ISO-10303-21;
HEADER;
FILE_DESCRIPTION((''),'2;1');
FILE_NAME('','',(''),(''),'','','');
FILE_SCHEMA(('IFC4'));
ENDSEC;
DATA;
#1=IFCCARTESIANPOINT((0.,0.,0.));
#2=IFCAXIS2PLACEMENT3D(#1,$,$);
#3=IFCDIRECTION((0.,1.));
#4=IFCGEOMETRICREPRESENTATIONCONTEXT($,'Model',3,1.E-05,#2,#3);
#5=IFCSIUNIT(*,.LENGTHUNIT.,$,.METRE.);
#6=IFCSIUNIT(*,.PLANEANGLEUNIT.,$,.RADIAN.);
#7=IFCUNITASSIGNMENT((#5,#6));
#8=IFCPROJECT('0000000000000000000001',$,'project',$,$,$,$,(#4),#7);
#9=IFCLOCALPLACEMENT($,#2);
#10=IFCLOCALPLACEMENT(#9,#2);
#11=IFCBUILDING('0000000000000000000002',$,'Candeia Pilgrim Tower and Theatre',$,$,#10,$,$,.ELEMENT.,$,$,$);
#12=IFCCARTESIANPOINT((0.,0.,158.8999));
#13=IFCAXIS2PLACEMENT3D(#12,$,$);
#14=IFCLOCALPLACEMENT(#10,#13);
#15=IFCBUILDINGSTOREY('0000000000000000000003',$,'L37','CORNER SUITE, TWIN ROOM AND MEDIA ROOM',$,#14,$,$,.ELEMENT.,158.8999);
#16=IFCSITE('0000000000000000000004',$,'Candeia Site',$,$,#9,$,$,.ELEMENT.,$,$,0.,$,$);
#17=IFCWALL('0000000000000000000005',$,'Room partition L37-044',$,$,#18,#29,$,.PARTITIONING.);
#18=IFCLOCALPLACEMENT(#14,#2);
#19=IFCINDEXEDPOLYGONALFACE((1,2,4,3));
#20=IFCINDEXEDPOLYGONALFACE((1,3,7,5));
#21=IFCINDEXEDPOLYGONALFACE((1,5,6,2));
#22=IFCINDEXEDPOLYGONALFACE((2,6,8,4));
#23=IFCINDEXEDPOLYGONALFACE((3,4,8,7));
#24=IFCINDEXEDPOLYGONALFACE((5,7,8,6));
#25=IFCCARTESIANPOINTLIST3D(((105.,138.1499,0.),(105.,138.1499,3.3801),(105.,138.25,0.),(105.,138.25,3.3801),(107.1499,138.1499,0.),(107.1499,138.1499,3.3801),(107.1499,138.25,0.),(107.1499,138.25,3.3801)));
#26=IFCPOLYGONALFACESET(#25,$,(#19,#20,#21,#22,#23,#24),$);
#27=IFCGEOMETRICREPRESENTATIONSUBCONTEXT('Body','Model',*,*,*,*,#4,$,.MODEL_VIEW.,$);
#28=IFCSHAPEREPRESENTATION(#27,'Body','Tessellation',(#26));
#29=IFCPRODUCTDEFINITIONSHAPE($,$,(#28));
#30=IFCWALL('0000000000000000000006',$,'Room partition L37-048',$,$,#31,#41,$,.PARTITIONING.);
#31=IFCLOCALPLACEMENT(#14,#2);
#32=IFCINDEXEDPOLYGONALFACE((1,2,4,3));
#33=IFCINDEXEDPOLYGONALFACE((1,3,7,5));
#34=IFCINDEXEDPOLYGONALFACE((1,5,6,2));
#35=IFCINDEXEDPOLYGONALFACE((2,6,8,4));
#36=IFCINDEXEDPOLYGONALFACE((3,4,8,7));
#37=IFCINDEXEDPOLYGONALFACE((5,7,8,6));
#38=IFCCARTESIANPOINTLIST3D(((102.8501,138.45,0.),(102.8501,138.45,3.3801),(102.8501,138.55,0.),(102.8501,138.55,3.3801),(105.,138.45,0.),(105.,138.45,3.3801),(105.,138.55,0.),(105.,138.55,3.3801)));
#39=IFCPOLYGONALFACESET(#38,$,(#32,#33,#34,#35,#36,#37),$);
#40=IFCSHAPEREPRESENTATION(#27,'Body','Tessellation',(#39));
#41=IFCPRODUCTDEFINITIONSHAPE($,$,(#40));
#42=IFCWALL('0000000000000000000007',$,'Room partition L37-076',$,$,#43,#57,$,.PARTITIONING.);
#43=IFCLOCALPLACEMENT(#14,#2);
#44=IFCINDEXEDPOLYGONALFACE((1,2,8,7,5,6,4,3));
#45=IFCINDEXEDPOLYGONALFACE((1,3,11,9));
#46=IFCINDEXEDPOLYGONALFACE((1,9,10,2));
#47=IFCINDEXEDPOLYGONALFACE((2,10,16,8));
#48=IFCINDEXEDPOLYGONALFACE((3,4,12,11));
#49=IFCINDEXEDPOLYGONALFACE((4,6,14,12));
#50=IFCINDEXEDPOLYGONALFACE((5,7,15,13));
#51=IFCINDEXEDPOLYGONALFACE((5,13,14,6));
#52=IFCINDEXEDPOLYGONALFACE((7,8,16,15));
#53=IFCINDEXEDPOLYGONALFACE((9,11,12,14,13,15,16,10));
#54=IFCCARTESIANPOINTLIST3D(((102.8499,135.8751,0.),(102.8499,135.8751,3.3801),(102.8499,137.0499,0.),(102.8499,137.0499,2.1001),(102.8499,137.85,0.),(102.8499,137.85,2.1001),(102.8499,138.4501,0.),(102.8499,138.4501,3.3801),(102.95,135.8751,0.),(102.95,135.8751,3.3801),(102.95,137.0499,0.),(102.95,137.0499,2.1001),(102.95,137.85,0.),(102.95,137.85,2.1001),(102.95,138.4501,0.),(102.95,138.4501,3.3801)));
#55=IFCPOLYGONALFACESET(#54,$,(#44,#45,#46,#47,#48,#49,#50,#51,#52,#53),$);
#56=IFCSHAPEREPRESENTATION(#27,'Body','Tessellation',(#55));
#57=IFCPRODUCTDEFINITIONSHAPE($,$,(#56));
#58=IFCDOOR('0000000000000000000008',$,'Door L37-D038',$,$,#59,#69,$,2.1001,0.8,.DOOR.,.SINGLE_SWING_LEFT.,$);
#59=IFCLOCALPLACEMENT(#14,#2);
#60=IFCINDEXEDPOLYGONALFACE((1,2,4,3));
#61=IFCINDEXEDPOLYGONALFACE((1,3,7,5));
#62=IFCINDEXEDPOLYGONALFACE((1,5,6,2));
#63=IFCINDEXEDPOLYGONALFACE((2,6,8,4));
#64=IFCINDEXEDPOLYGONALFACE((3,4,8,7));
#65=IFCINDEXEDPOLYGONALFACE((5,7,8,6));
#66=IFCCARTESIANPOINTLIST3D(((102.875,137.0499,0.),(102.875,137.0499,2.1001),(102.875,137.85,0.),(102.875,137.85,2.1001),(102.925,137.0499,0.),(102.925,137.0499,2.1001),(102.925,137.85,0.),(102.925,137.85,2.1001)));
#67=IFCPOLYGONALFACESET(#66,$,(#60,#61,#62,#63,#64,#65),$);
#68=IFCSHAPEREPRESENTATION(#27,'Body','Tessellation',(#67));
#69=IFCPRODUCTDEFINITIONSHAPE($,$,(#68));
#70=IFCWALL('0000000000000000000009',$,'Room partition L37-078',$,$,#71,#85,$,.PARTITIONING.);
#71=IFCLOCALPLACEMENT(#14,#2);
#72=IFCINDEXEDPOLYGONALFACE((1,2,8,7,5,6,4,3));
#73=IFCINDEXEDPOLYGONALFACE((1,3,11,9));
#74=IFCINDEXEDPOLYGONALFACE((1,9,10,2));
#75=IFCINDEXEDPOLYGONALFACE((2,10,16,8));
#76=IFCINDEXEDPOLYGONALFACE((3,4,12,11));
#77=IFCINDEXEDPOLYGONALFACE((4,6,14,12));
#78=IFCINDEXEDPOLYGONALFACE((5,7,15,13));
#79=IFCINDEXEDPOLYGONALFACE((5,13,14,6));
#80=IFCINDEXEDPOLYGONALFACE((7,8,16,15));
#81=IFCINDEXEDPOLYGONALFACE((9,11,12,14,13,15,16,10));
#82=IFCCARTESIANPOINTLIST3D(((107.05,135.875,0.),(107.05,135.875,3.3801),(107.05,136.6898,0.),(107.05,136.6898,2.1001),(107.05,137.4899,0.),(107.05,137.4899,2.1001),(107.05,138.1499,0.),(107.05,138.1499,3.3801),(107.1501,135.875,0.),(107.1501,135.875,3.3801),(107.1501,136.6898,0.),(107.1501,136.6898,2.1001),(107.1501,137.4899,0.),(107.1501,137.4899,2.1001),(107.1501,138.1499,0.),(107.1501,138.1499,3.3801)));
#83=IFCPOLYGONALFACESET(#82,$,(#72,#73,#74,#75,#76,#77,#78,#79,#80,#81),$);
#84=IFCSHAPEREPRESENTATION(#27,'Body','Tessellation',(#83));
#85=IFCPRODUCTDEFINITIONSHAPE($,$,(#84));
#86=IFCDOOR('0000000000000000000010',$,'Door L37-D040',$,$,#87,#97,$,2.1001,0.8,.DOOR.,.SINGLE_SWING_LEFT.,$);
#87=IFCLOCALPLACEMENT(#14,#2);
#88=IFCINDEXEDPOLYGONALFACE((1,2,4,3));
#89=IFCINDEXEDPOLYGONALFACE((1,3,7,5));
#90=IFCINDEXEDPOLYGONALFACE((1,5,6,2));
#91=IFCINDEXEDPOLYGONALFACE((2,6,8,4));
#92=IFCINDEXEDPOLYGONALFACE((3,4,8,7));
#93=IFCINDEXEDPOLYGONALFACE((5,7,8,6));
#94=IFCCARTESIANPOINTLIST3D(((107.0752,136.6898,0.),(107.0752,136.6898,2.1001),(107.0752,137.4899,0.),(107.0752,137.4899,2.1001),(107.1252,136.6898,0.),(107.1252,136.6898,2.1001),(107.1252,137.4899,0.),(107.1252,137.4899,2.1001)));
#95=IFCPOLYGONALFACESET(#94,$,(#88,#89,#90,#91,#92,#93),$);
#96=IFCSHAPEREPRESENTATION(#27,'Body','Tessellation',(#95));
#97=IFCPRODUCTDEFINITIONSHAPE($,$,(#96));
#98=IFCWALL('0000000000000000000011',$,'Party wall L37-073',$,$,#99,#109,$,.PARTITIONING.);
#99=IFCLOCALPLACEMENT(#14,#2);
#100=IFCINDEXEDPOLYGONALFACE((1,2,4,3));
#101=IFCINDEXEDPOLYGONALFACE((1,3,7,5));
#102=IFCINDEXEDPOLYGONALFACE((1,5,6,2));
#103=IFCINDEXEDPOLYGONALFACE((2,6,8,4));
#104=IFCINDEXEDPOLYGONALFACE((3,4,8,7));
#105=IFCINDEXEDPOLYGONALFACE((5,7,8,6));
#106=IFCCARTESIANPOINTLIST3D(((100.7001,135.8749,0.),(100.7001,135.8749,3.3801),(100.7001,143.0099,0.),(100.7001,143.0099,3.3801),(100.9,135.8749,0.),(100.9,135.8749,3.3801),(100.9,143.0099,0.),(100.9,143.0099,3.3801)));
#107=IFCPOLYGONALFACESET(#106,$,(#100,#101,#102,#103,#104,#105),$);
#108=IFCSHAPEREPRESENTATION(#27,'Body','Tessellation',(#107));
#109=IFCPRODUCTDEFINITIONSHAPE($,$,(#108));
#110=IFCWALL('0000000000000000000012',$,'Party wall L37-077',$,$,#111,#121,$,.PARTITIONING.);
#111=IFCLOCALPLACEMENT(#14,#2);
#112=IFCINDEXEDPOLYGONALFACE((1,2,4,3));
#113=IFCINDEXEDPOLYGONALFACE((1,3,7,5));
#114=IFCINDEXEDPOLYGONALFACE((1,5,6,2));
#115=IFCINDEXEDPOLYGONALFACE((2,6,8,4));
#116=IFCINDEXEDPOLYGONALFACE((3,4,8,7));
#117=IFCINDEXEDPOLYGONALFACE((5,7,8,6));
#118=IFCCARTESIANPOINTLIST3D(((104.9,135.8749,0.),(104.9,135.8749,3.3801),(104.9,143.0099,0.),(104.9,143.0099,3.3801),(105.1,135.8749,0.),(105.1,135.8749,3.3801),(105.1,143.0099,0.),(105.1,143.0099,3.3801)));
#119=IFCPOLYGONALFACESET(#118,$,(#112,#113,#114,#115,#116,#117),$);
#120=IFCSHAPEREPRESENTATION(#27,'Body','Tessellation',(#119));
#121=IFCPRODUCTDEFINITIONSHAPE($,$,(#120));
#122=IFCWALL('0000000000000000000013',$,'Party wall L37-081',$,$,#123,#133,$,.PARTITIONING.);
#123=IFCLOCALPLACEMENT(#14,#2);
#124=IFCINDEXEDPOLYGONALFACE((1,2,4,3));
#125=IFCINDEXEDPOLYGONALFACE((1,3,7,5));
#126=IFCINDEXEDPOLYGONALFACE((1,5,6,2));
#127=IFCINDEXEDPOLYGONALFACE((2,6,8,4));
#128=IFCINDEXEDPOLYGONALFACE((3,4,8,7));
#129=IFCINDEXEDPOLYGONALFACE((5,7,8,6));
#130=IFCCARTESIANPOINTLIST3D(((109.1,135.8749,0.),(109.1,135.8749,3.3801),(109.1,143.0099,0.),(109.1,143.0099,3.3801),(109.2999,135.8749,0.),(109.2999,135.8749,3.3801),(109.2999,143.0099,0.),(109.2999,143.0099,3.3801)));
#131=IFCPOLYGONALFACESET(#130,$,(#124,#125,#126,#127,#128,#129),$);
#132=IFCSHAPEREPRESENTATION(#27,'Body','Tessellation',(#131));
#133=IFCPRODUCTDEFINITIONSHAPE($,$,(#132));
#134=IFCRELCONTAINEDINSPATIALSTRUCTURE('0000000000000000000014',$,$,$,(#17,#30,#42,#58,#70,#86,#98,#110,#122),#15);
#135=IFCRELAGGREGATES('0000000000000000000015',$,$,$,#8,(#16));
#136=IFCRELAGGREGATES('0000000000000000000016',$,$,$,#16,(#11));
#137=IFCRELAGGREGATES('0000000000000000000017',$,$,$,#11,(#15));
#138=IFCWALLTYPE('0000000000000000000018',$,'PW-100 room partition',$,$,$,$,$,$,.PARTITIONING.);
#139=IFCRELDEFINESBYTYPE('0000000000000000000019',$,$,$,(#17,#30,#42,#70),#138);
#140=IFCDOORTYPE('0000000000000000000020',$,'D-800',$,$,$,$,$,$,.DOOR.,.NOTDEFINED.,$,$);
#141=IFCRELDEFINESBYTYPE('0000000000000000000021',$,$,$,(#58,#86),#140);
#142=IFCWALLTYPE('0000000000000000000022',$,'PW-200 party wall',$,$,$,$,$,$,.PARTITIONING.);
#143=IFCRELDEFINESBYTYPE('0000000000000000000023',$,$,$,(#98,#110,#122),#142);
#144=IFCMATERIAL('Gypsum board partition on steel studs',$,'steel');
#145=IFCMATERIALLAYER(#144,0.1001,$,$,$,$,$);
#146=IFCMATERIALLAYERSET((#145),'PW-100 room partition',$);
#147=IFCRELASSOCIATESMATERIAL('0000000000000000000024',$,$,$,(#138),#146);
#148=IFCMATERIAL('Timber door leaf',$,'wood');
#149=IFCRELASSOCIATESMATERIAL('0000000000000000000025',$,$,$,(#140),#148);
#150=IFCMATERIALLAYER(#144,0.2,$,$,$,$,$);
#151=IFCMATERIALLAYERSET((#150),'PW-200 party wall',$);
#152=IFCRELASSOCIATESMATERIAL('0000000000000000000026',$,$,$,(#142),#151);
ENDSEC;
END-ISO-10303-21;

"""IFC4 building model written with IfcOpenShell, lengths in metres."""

from ifc_helpers import new_model, si_unit, direction, frame, frame_2d, origin, place, context, subcontext, project, spatial, rectangle, extrude, material, layer, layer_set, type_object, element, fill, save


model = new_model("IFC4")

# Units and contexts
model_context = context("Model", 3, precision=1e-05, world=origin(), true_north=direction((0.0, 1.0)))
body_context = subcontext(model_context, "Body", "Model", "MODEL_VIEW")
ifc_project = project(units=[si_unit("LENGTHUNIT", "METRE"), si_unit("PLANEANGLEUNIT", "RADIAN")], contexts=[model_context])

# Site, building, storey
site_placement = place(None, origin())
site = spatial("IfcSite", under=ifc_project, at=site_placement, Name="Candeia Site", CompositionType="ELEMENT", RefElevation=0.0)
building_placement = place(site_placement, origin())
building = spatial("IfcBuilding", under=site, at=building_placement, Name="Candeia Pilgrim Tower and Theatre", CompositionType="ELEMENT")
storey_placement = place(building_placement, frame((0.0, 0.0, 158.8999)))
storey = spatial("IfcBuildingStorey", under=building, at=storey_placement, Name="L37", Description="CORNER SUITE, TWIN ROOM AND MEDIA ROOM", CompositionType="ELEMENT", Elevation=158.8999)

# Walls
ifc_material_1 = material(Name="Gypsum board partition on steel studs", Category="steel")
ifc_layer_1 = layer(ifc_material_1, 0.1001)
ifc_layer_set_1 = layer_set([ifc_layer_1], Name="PW-100 room partition")
wall_type_1 = type_object("IfcWallType", Name="PW-100 room partition", PredefinedType="PARTITIONING", material=ifc_layer_set_1)
for number, where, z_axis, x_axis, name in (
    (1, (105.0, 138.2, 0.0), (0.0, 0.0, 1.0), (1.0, 0.0, 0.0), "Room partition L37-044"),
    (2, (102.8501, 138.5, 0.0), (0.0, 0.0, 1.0), (1.0, 0.0, 0.0), "Room partition L37-048"),
):
    element("IfcWall", number, at=place(storey_placement, frame(where, z_axis=z_axis, x_axis=x_axis)), inside=storey, type_object=wall_type_1, Name=name, PredefinedType="PARTITIONING", context=body_context, shape_type="SweptSolid", body=[
        extrude(rectangle(XDim=2.1499, YDim=0.1001, at=frame_2d((1.075, 0.0))), origin(), (0.0, 0.0, 1.0), 3.3801),
    ])

# Walls, openings, doors
wall_1_placement = place(storey_placement, frame((102.8999, 135.875, 0.0), z_axis=(0.0, 0.0, 1.0), x_axis=(0.0, 1.0, 0.0)))
wall_1 = element("IfcWall", 3, at=wall_1_placement, inside=storey, type_object=wall_type_1, Name="Room partition L37-076", PredefinedType="PARTITIONING", context=body_context, shape_type="SweptSolid", body=[
    extrude(rectangle(XDim=2.575, YDim=0.1001, at=frame_2d((1.2876, 0.0))), origin(), (0.0, 0.0, 1.0), 3.3801),
])
opening_1_placement = place(wall_1_placement, frame((1.175, 0.0, 0.0)))
opening_1 = element("IfcOpeningElement", 4, at=opening_1_placement, cuts=wall_1, PredefinedType="OPENING", context=body_context, shape_type="SweptSolid", body=[
    extrude(rectangle(XDim=0.8, YDim=2.1001, at=frame_2d((0.3999, 1.05))), frame((0.0, 0.0601, 0.0), z_axis=(0.0, -1.0, 0.0), x_axis=(1.0, 0.0, 0.0)), (0.0, 0.0, 1.0), 0.1201),
])
ifc_material_2 = material(Name="Timber door leaf", Category="wood")
door_type_1 = type_object("IfcDoorType", Name="D-800", OperationType="NOTDEFINED", PredefinedType="DOOR", material=ifc_material_2)
door_1_placement = place(opening_1_placement, origin())
door_1 = element("IfcDoor", 5, at=door_1_placement, inside=storey, type_object=door_type_1, Name="Door L37-D038", OperationType="SINGLE_SWING_LEFT", OverallHeight=2.1001, OverallWidth=0.8, PredefinedType="DOOR", context=body_context, shape_type="SweptSolid", body=[
    extrude(rectangle(XDim=0.8, YDim=2.1001, at=frame_2d((0.3999, 1.05))), frame((0.0, 0.0249, 0.0), z_axis=(0.0, -1.0, 0.0), x_axis=(1.0, 0.0, 0.0)), (0.0, 0.0, 1.0), 0.05),
])
fill(opening_1, door_1)
wall_2_placement = place(storey_placement, frame((107.1001, 135.875, 0.0), z_axis=(0.0, 0.0, 1.0), x_axis=(0.0, 1.0, 0.0)))
wall_2 = element("IfcWall", 6, at=wall_2_placement, inside=storey, type_object=wall_type_1, Name="Room partition L37-078", PredefinedType="PARTITIONING", context=body_context, shape_type="SweptSolid", body=[
    extrude(rectangle(XDim=2.2749, YDim=0.1001, at=frame_2d((1.1375, 0.0))), origin(), (0.0, 0.0, 1.0), 3.3801),
])
opening_2_placement = place(wall_2_placement, frame((0.8149, 0.0, 0.0)))
opening_2 = element("IfcOpeningElement", 7, at=opening_2_placement, cuts=wall_2, PredefinedType="OPENING", context=body_context, shape_type="SweptSolid", body=[
    extrude(rectangle(XDim=0.8, YDim=2.1001, at=frame_2d((0.3999, 1.05))), frame((0.0, 0.0601, 0.0), z_axis=(0.0, -1.0, 0.0), x_axis=(1.0, 0.0, 0.0)), (0.0, 0.0, 1.0), 0.1201),
])
door_2_placement = place(opening_2_placement, origin())
door_2 = element("IfcDoor", 8, at=door_2_placement, inside=storey, type_object=door_type_1, Name="Door L37-D040", OperationType="SINGLE_SWING_LEFT", OverallHeight=2.1001, OverallWidth=0.8, PredefinedType="DOOR", context=body_context, shape_type="SweptSolid", body=[
    extrude(rectangle(XDim=0.8, YDim=2.1001, at=frame_2d((0.3999, 1.05))), frame((0.0, 0.0249, 0.0), z_axis=(0.0, -1.0, 0.0), x_axis=(1.0, 0.0, 0.0)), (0.0, 0.0, 1.0), 0.05),
])
fill(opening_2, door_2)

# Walls
ifc_layer_2 = layer(ifc_material_1, 0.2)
ifc_layer_set_2 = layer_set([ifc_layer_2], Name="PW-200 party wall")
wall_type_2 = type_object("IfcWallType", Name="PW-200 party wall", PredefinedType="PARTITIONING", material=ifc_layer_set_2)
for number, where, z_axis, x_axis, name in (
    (9, (100.8, 135.875, 0.0), (0.0, 0.0, 1.0), (0.0, 1.0, 0.0), "Party wall L37-073"),
    (10, (105.0, 135.875, 0.0), (0.0, 0.0, 1.0), (0.0, 1.0, 0.0), "Party wall L37-077"),
    (11, (109.2, 135.875, 0.0), (0.0, 0.0, 1.0), (0.0, 1.0, 0.0), "Party wall L37-081"),
):
    element("IfcWall", number, at=place(storey_placement, frame(where, z_axis=z_axis, x_axis=x_axis)), inside=storey, type_object=wall_type_2, Name=name, PredefinedType="PARTITIONING", context=body_context, shape_type="SweptSolid", body=[
        extrude(rectangle(XDim=7.135, YDim=0.2, at=frame_2d((3.5674, 0.0))), origin(), (0.0, 0.0, 1.0), 3.3801),
    ])

save(model, "model.ifc")
